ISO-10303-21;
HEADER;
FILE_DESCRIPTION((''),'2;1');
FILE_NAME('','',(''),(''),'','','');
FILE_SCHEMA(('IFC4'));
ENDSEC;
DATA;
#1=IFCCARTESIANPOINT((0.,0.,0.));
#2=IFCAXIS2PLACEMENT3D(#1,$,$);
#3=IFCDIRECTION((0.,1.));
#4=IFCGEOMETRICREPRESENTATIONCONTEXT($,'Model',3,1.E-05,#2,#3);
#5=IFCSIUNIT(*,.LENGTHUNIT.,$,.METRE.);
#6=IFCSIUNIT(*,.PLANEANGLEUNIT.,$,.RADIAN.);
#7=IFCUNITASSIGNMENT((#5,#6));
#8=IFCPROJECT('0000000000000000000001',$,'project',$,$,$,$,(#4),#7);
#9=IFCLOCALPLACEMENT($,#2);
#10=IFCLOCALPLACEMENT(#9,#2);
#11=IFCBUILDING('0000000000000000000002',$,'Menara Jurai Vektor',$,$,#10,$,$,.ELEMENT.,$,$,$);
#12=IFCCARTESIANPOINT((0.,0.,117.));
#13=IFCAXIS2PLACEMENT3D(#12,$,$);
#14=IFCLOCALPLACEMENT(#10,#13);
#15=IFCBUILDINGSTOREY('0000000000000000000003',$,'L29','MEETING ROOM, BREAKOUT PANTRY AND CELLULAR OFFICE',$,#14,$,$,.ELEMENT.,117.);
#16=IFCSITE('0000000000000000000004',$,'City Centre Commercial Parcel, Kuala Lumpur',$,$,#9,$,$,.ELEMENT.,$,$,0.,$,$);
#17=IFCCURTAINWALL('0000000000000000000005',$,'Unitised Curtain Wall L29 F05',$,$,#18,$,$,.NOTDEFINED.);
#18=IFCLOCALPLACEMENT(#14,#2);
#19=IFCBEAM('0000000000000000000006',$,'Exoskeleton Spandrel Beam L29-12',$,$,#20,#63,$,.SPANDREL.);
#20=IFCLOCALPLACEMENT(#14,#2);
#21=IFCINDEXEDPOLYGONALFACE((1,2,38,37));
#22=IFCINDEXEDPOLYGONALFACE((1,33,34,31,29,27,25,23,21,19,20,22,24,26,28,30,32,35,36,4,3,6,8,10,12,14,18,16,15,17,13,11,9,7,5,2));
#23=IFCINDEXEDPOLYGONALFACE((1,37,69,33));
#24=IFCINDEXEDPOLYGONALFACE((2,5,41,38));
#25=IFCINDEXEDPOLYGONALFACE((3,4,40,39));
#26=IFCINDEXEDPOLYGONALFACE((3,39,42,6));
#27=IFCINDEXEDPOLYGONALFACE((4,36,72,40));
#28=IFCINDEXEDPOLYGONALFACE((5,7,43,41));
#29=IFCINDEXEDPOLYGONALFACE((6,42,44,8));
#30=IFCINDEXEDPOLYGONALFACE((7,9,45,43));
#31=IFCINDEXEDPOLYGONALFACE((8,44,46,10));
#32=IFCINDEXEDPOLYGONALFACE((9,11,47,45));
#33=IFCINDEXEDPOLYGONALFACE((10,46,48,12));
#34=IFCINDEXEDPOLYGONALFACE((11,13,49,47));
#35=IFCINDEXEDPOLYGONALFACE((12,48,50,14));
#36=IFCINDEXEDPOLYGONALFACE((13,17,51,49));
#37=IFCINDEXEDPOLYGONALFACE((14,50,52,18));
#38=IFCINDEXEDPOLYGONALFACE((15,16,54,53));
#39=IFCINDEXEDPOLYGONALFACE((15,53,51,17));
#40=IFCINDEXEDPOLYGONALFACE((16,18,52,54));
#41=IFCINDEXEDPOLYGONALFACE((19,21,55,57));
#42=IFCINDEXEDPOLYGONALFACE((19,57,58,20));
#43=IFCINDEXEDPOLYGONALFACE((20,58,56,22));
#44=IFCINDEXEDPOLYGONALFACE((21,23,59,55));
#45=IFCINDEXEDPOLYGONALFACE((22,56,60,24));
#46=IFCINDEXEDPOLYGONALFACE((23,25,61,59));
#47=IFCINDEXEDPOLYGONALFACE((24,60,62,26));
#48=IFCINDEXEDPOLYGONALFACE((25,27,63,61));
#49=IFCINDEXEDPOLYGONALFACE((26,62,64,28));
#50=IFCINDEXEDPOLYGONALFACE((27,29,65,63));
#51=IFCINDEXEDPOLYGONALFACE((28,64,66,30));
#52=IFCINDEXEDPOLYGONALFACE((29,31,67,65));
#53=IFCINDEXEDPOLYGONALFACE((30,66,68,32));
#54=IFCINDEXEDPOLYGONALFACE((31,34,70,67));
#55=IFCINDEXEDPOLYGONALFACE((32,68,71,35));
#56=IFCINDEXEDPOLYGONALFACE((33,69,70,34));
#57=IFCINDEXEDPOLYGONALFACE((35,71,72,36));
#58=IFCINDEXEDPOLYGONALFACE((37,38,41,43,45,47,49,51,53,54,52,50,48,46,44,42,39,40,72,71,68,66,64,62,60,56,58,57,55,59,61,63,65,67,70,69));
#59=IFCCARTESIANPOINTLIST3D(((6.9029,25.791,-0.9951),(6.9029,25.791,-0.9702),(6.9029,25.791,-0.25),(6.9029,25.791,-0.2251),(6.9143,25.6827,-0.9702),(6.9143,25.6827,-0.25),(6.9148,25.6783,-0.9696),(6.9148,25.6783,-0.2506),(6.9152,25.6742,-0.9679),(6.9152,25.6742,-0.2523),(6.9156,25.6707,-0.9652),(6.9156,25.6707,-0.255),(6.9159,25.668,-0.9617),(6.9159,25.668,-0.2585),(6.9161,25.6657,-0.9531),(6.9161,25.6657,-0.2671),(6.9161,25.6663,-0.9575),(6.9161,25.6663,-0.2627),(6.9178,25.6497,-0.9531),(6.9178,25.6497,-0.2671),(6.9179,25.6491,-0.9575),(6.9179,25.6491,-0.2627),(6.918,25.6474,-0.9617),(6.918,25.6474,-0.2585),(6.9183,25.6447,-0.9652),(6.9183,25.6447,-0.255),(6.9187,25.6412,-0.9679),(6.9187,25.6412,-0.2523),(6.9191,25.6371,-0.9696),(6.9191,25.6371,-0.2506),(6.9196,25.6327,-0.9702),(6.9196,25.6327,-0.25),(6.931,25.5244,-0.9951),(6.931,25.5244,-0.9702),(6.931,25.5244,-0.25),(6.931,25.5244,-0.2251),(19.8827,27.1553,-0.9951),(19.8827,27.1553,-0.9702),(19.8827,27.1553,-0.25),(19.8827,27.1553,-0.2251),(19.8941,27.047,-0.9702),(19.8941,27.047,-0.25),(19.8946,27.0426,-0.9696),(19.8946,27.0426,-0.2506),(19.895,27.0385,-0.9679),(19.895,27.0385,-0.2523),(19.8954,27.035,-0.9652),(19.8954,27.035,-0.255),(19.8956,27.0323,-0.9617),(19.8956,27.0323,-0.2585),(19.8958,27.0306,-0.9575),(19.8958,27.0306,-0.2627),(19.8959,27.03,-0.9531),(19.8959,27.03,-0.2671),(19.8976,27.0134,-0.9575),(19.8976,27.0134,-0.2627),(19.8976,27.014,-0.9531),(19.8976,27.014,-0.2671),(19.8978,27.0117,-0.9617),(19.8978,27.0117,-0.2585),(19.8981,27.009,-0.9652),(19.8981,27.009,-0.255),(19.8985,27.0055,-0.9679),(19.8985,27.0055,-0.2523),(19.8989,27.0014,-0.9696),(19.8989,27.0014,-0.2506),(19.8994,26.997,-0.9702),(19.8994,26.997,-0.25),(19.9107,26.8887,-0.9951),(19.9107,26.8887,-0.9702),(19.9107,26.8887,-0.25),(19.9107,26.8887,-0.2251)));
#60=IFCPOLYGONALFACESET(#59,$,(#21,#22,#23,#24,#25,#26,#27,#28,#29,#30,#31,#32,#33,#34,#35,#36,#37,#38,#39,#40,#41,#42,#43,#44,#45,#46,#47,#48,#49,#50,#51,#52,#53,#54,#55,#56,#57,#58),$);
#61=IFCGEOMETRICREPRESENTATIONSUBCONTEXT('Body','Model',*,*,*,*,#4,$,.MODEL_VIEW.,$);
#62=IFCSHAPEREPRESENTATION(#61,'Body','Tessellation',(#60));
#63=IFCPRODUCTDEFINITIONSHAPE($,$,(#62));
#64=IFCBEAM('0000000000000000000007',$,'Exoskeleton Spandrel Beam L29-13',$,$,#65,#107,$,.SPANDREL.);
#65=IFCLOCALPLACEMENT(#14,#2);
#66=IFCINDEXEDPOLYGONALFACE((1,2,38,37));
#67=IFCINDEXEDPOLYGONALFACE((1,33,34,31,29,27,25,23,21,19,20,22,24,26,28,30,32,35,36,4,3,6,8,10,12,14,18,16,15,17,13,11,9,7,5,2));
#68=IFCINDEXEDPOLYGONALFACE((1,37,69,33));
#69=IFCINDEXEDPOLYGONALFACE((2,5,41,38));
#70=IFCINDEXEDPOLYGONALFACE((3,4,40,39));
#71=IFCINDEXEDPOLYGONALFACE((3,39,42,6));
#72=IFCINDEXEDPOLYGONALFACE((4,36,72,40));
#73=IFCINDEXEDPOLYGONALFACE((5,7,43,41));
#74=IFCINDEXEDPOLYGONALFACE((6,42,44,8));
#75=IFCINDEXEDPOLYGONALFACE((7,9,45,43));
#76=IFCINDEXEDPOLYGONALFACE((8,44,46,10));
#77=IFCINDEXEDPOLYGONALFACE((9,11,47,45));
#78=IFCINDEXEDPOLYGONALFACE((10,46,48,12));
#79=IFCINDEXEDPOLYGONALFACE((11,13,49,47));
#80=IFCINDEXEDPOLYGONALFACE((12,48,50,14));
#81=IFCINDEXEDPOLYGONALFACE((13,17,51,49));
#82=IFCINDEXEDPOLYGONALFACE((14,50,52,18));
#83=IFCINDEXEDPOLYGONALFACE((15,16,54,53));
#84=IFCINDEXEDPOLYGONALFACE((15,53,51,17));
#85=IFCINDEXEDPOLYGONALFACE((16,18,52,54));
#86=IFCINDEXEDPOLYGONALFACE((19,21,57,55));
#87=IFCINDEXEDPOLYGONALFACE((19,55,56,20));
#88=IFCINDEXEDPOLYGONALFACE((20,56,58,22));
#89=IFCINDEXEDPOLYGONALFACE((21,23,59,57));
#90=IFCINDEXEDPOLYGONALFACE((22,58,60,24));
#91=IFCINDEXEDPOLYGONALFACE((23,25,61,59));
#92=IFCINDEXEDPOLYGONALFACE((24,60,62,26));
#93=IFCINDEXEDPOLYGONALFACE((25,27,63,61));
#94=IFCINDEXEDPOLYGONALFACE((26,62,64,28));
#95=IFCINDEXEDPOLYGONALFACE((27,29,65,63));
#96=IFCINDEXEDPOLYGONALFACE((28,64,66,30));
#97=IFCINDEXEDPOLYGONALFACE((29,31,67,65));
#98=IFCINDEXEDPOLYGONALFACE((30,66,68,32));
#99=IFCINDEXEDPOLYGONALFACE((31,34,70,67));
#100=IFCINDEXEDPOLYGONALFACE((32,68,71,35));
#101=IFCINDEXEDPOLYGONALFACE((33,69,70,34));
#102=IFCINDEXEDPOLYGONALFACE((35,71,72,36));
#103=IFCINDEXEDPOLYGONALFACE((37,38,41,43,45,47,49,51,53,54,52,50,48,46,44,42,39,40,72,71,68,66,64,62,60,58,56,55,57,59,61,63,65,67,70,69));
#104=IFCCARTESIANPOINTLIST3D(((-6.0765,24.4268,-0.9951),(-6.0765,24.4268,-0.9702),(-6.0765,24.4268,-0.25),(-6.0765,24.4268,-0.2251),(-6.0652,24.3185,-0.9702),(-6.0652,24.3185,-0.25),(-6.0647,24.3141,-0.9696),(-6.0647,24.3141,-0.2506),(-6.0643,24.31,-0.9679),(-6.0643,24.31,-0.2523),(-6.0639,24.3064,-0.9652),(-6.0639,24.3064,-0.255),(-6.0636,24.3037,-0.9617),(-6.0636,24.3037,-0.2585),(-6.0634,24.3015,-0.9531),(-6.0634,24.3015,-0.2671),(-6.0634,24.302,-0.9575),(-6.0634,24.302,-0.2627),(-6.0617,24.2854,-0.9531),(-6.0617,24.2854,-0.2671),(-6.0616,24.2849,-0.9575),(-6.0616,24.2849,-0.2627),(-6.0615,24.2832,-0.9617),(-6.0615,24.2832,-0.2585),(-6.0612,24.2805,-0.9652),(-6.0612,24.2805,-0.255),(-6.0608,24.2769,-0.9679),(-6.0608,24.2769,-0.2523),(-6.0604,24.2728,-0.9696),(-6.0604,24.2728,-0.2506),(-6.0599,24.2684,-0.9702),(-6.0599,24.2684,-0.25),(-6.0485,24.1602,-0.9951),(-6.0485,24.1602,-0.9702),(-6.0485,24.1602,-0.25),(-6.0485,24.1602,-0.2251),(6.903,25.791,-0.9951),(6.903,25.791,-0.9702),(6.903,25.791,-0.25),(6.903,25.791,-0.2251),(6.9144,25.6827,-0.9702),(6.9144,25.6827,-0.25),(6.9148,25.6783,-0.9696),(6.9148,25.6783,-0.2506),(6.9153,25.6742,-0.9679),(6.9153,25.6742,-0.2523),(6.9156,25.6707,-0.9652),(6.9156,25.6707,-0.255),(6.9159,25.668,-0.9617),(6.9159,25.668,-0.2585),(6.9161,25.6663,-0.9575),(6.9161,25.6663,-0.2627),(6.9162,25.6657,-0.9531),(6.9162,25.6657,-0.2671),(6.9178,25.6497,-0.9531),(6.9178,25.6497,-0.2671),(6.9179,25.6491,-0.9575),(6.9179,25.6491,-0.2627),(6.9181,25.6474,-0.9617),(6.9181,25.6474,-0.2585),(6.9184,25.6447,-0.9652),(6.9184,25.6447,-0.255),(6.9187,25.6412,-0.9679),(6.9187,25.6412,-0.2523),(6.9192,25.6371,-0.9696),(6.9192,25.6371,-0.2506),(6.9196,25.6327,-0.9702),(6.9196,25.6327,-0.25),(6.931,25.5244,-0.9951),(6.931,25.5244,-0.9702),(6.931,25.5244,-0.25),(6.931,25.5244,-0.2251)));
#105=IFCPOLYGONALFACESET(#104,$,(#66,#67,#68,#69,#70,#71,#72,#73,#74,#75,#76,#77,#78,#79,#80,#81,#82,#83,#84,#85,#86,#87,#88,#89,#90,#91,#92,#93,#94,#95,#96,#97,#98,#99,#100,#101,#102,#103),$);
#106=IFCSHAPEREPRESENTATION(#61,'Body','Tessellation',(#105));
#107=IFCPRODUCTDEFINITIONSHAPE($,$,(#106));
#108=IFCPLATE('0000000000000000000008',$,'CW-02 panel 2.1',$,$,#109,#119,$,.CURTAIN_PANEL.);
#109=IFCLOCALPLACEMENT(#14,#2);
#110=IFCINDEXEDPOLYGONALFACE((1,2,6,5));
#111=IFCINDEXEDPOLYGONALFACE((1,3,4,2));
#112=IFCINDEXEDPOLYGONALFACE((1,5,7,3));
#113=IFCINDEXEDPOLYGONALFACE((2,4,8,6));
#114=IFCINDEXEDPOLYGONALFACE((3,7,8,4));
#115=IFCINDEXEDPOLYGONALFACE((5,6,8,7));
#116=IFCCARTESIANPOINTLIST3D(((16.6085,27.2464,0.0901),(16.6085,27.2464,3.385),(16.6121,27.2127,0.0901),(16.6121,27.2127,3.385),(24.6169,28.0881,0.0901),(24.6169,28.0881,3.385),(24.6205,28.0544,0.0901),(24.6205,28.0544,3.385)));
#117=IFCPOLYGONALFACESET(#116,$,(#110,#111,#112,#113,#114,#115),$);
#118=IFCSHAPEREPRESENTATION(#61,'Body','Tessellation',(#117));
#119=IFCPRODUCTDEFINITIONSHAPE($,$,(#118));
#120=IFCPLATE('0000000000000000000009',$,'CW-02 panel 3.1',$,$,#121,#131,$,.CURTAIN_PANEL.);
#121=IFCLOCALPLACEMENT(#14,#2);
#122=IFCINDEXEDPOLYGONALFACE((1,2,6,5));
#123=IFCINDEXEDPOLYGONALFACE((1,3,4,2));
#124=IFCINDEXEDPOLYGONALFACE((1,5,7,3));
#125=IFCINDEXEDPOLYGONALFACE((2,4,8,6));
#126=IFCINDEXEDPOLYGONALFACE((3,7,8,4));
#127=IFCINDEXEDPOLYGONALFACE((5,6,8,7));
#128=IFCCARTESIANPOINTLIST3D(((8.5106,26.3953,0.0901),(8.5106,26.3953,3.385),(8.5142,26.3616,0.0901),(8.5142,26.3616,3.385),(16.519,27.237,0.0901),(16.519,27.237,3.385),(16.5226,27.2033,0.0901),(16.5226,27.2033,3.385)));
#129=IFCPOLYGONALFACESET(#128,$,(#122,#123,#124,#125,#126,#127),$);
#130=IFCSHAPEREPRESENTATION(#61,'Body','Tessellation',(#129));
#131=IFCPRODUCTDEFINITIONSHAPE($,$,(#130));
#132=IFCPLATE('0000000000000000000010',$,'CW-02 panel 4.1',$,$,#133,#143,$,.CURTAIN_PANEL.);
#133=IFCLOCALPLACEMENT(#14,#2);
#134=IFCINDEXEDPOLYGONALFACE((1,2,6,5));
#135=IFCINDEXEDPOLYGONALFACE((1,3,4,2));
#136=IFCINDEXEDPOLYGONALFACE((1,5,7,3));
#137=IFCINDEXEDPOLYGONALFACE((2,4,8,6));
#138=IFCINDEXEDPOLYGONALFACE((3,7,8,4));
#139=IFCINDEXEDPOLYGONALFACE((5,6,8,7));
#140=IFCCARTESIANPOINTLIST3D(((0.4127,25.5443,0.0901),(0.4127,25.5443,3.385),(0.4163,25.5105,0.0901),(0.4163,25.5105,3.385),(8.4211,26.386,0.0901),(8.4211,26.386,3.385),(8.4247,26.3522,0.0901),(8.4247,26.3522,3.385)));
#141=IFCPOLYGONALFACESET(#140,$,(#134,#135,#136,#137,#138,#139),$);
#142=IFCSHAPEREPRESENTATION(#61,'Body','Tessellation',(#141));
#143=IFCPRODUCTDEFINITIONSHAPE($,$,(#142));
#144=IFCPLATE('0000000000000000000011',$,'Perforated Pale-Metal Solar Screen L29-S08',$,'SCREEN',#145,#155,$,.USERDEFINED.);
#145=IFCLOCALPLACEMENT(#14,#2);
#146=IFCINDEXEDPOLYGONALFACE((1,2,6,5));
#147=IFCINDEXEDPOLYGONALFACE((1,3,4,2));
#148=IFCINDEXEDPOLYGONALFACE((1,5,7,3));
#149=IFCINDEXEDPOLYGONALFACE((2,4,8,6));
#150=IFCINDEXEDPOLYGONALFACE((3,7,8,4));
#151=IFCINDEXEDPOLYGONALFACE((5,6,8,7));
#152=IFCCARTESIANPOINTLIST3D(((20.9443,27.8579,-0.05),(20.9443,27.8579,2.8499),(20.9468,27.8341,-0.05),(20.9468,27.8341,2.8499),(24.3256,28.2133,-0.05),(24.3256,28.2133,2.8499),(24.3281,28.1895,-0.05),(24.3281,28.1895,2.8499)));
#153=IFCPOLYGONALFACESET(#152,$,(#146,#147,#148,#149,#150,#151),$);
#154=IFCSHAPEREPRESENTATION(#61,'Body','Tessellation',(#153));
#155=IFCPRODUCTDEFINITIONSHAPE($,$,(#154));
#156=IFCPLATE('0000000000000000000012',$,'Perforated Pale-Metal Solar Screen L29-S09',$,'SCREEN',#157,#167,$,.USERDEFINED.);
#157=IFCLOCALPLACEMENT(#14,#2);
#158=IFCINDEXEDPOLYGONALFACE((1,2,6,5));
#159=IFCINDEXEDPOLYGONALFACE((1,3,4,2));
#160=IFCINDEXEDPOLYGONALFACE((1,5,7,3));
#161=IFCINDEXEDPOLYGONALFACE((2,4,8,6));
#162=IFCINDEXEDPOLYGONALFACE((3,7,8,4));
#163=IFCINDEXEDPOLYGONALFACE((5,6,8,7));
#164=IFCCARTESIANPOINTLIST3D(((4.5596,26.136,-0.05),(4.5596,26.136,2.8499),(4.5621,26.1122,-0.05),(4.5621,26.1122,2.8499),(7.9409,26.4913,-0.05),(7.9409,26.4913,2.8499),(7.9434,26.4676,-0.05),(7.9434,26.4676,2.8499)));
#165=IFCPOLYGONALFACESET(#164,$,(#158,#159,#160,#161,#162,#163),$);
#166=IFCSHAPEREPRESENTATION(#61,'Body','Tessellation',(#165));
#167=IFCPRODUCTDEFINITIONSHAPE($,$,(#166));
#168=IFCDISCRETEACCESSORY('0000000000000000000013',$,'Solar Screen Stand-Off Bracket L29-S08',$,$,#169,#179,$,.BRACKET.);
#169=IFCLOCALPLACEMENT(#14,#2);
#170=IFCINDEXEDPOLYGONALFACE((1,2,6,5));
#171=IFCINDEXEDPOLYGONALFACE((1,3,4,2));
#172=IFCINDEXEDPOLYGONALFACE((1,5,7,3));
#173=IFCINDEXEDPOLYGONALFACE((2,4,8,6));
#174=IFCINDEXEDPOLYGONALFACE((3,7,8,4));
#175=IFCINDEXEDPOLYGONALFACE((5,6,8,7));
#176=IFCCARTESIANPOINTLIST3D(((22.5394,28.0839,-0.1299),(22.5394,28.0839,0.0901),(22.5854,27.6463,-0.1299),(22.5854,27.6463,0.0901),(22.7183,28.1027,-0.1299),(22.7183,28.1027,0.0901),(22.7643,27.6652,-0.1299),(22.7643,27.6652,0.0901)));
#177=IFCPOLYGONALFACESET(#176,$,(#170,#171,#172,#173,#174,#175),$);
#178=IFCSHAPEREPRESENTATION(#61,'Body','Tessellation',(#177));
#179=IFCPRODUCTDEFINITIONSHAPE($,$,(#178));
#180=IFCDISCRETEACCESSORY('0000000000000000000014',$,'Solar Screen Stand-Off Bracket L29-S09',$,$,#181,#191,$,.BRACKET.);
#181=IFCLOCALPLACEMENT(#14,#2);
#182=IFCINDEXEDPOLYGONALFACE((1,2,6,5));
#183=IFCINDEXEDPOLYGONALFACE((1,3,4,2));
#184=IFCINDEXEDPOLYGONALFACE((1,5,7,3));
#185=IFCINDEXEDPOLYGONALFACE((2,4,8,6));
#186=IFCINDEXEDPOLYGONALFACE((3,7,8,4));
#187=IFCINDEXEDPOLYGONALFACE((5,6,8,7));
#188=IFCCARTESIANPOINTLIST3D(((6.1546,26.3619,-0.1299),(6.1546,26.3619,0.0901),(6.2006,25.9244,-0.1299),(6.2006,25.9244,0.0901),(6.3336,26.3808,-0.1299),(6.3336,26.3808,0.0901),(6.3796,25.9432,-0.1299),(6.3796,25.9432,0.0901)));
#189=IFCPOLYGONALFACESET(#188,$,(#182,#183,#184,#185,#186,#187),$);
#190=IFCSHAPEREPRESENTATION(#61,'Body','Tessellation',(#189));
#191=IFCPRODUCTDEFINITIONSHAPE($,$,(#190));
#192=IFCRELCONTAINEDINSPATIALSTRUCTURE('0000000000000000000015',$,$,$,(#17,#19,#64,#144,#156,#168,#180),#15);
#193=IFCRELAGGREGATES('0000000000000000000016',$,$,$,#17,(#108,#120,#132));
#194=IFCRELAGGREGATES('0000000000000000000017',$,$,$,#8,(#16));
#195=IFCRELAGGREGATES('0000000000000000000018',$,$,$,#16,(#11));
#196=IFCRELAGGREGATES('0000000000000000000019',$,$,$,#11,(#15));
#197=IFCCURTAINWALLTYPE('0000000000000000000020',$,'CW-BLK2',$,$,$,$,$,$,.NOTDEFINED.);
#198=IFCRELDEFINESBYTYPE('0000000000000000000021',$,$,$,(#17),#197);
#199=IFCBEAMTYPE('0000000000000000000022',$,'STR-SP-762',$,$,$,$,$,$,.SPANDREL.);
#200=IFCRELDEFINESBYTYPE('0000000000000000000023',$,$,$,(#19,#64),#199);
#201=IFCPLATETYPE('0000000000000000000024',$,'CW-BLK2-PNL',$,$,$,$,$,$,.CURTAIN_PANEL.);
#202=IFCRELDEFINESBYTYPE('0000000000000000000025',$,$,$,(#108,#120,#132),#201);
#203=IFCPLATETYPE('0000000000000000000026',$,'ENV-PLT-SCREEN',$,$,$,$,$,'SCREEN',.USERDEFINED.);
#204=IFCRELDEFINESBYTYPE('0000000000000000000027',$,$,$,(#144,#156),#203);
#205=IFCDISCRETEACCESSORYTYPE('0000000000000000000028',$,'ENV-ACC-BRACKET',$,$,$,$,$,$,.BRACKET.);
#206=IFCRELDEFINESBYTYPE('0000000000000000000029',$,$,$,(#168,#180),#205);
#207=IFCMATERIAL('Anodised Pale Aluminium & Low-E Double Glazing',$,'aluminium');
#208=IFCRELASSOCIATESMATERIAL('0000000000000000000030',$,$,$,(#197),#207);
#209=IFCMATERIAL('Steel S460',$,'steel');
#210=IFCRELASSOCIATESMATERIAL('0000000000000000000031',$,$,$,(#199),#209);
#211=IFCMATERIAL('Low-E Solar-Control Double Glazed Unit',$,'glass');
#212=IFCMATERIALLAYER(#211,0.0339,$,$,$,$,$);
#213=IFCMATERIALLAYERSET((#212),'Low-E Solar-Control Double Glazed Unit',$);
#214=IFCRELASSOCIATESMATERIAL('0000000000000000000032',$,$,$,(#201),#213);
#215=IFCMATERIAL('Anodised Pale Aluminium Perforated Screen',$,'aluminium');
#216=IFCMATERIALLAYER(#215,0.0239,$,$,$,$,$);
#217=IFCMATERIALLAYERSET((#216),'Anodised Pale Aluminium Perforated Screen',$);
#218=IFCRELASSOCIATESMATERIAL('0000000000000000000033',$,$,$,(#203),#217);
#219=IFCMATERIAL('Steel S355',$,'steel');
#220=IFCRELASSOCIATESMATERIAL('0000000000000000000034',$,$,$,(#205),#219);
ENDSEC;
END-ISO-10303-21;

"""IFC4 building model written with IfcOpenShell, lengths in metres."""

from ifc_helpers import new_model, si_unit, direction, frame, origin, origin_2d, place, context, subcontext, project, spatial, rectangle, i_section, extrude, material, layer, layer_set, material_profile, profile_set, type_object, element, aggregate, save


model = new_model("IFC4")

# Units and contexts
model_context = context("Model", 3, precision=1e-05, world=origin(), true_north=direction((0.0, 1.0)))
body_context = subcontext(model_context, "Body", "Model", "MODEL_VIEW")
ifc_project = project(units=[si_unit("LENGTHUNIT", "METRE"), si_unit("PLANEANGLEUNIT", "RADIAN")], contexts=[model_context])

# Site, building, storey
site_placement = place(None, origin())
site = spatial("IfcSite", under=ifc_project, at=site_placement, Name="City Centre Commercial Parcel, Kuala Lumpur", CompositionType="ELEMENT", RefElevation=0.0)
building_placement = place(site_placement, origin())
building = spatial("IfcBuilding", under=site, at=building_placement, Name="Menara Jurai Vektor", CompositionType="ELEMENT")
storey_placement = place(building_placement, frame((0.0, 0.0, 117.0)))
storey = spatial("IfcBuildingStorey", under=building, at=storey_placement, Name="L29", Description="MEETING ROOM, BREAKOUT PANTRY AND CELLULAR OFFICE", CompositionType="ELEMENT", Elevation=117.0)

# Shared definitions
ifc_material_1 = material(Name="Steel S460", Category="steel")

# Curtain wall
ifc_material_2 = material(Name="Anodised Pale Aluminium & Low-E Double Glazing", Category="aluminium")
curtain_wall_type = type_object("IfcCurtainWallType", Name="CW-BLK2", PredefinedType="NOTDEFINED", material=ifc_material_2)
curtain_wall_placement = place(storey_placement, origin())
curtain_wall = element("IfcCurtainWall", 1, at=curtain_wall_placement, inside=storey, type_object=curtain_wall_type, Name="Unitised Curtain Wall L29 F05", PredefinedType="NOTDEFINED")

# Beams
ifc_material_3 = material(Name="Steel S355", Category="steel")
ifc_material_profile_1 = material_profile(ifc_material_1, i_section(OverallWidth=0.2681, OverallDepth=0.77, WebThickness=0.0161, FlangeThickness=0.0249, FilletRadius=0.0171, at=origin_2d()), Name="UKB 762x267x197")
ifc_profile_set_1 = profile_set([ifc_material_profile_1], Name="Steel S460")
beam_type_1 = type_object("IfcBeamType", Name="STR-SP-762", PredefinedType="SPANDREL", material=ifc_profile_set_1)
beam_1_placement = place(storey_placement, frame((19.8967, 27.022, -0.6101), z_axis=(-0.994522, -0.104531, 0.0), x_axis=(0.104531, -0.994522, 0.0)))
element("IfcBeam", 2, at=beam_1_placement, inside=storey, type_object=beam_type_1, Name="Exoskeleton Spandrel Beam L29-12", PredefinedType="SPANDREL", context=body_context, shape_type="SweptSolid", body=[
    extrude(i_section(OverallWidth=0.2681, OverallDepth=0.77, WebThickness=0.0161, FlangeThickness=0.0249, FilletRadius=0.0171, at=origin_2d()), origin(), (0.0, 0.0, 1.0), 13.0513),
])
beam_2_placement = place(storey_placement, frame((6.917, 25.6577, -0.6101), z_axis=(-0.994521, -0.104533, 0.0), x_axis=(0.104533, -0.994521, 0.0)))
element("IfcBeam", 3, at=beam_2_placement, inside=storey, type_object=beam_type_1, Name="Exoskeleton Spandrel Beam L29-13", PredefinedType="SPANDREL", context=body_context, shape_type="SweptSolid", body=[
    extrude(i_section(OverallWidth=0.2681, OverallDepth=0.77, WebThickness=0.0161, FlangeThickness=0.0249, FilletRadius=0.0171, at=origin_2d()), origin(), (0.0, 0.0, 1.0), 13.051),
])

# Plates
ifc_material_4 = material(Name="Low-E Solar-Control Double Glazed Unit", Category="glass")
ifc_layer_1 = layer(ifc_material_4, 0.0339)
ifc_layer_set_1 = layer_set([ifc_layer_1], Name="Low-E Solar-Control Double Glazed Unit")
plate_type_1 = type_object("IfcPlateType", Name="CW-BLK2-PNL", PredefinedType="CURTAIN_PANEL", material=ifc_layer_set_1)
plate_1_placement = place(storey_placement, frame((20.6145, 27.6504, 0.0901), z_axis=(0.0, 0.0, 1.0), x_axis=(-0.994522, -0.104529, 0.0)))
plate_1 = element("IfcPlate", 4, at=plate_1_placement, type_object=plate_type_1, Name="CW-02 panel 2.1", PredefinedType="CURTAIN_PANEL", context=body_context, shape_type="SweptSolid", body=[
    extrude(rectangle(XDim=8.0525, YDim=0.0339, at=origin_2d()), origin(), (0.0, 0.0, 1.0), 3.2949),
])
plate_2_placement = place(storey_placement, frame((12.5166, 26.7993, 0.0901), z_axis=(0.0, 0.0, 1.0), x_axis=(-0.994522, -0.104529, 0.0)))
plate_2 = element("IfcPlate", 5, at=plate_2_placement, type_object=plate_type_1, Name="CW-02 panel 3.1", PredefinedType="CURTAIN_PANEL", context=body_context, shape_type="SweptSolid", body=[
    extrude(rectangle(XDim=8.0525, YDim=0.0339, at=origin_2d()), origin(), (0.0, 0.0, 1.0), 3.2949),
])
plate_3_placement = place(storey_placement, frame((4.4187, 25.9482, 0.0901), z_axis=(0.0, 0.0, 1.0), x_axis=(-0.994522, -0.104529, 0.0)))
plate_3 = element("IfcPlate", 6, at=plate_3_placement, type_object=plate_type_1, Name="CW-02 panel 4.1", PredefinedType="CURTAIN_PANEL", context=body_context, shape_type="SweptSolid", body=[
    extrude(rectangle(XDim=8.0525, YDim=0.0339, at=origin_2d()), origin(), (0.0, 0.0, 1.0), 3.2949),
])
aggregate(curtain_wall, [plate_1, plate_2, plate_3])

# Plates
ifc_material_5 = material(Name="Anodised Pale Aluminium Perforated Screen", Category="aluminium")
ifc_layer_2 = layer(ifc_material_5, 0.0239)
ifc_layer_set_2 = layer_set([ifc_layer_2], Name="Anodised Pale Aluminium Perforated Screen")
plate_type_2 = type_object("IfcPlateType", Name="ENV-PLT-SCREEN", ElementType="SCREEN", PredefinedType="USERDEFINED", material=ifc_layer_set_2)
for number, where, z_axis, x_axis, name in (
    (7, (22.6362, 28.0237, -0.05), (0.0, 0.0, 1.0), (-0.994522, -0.104528, 0.0), "Perforated Pale-Metal Solar Screen L29-S08"),
    (8, (6.2515, 26.3018, -0.05), (0.0, 0.0, 1.0), (-0.994522, -0.104528, 0.0), "Perforated Pale-Metal Solar Screen L29-S09"),
):
    element("IfcPlate", number, at=place(storey_placement, frame(where, z_axis=z_axis, x_axis=x_axis)), inside=storey, type_object=plate_type_2, Name=name, ObjectType="SCREEN", PredefinedType="USERDEFINED", context=body_context, shape_type="SweptSolid", body=[
        extrude(rectangle(XDim=3.3999, YDim=0.0239, at=origin_2d()), origin(), (0.0, 0.0, 1.0), 2.8999),
    ])

# Discrete accessories
discrete_accessory_type = type_object("IfcDiscreteAccessoryType", Name="ENV-ACC-BRACKET", PredefinedType="BRACKET", material=ifc_material_3)
for number, where, z_axis, x_axis, name in (
    (9, (22.6519, 27.8745, -0.1299), (0.0, 0.0, 1.0), (-0.994522, -0.104528, 0.0), "Solar Screen Stand-Off Bracket L29-S08"),
    (10, (6.2671, 26.1526, -0.1299), (0.0, 0.0, 1.0), (-0.994522, -0.104528, 0.0), "Solar Screen Stand-Off Bracket L29-S09"),
):
    element("IfcDiscreteAccessory", number, at=place(storey_placement, frame(where, z_axis=z_axis, x_axis=x_axis)), inside=storey, type_object=discrete_accessory_type, Name=name, PredefinedType="BRACKET", context=body_context, shape_type="SweptSolid", body=[
        extrude(rectangle(XDim=0.1799, YDim=0.4399, at=origin_2d()), origin(), (0.0, 0.0, 1.0), 0.22),
    ])

save(model, "model.ifc")
